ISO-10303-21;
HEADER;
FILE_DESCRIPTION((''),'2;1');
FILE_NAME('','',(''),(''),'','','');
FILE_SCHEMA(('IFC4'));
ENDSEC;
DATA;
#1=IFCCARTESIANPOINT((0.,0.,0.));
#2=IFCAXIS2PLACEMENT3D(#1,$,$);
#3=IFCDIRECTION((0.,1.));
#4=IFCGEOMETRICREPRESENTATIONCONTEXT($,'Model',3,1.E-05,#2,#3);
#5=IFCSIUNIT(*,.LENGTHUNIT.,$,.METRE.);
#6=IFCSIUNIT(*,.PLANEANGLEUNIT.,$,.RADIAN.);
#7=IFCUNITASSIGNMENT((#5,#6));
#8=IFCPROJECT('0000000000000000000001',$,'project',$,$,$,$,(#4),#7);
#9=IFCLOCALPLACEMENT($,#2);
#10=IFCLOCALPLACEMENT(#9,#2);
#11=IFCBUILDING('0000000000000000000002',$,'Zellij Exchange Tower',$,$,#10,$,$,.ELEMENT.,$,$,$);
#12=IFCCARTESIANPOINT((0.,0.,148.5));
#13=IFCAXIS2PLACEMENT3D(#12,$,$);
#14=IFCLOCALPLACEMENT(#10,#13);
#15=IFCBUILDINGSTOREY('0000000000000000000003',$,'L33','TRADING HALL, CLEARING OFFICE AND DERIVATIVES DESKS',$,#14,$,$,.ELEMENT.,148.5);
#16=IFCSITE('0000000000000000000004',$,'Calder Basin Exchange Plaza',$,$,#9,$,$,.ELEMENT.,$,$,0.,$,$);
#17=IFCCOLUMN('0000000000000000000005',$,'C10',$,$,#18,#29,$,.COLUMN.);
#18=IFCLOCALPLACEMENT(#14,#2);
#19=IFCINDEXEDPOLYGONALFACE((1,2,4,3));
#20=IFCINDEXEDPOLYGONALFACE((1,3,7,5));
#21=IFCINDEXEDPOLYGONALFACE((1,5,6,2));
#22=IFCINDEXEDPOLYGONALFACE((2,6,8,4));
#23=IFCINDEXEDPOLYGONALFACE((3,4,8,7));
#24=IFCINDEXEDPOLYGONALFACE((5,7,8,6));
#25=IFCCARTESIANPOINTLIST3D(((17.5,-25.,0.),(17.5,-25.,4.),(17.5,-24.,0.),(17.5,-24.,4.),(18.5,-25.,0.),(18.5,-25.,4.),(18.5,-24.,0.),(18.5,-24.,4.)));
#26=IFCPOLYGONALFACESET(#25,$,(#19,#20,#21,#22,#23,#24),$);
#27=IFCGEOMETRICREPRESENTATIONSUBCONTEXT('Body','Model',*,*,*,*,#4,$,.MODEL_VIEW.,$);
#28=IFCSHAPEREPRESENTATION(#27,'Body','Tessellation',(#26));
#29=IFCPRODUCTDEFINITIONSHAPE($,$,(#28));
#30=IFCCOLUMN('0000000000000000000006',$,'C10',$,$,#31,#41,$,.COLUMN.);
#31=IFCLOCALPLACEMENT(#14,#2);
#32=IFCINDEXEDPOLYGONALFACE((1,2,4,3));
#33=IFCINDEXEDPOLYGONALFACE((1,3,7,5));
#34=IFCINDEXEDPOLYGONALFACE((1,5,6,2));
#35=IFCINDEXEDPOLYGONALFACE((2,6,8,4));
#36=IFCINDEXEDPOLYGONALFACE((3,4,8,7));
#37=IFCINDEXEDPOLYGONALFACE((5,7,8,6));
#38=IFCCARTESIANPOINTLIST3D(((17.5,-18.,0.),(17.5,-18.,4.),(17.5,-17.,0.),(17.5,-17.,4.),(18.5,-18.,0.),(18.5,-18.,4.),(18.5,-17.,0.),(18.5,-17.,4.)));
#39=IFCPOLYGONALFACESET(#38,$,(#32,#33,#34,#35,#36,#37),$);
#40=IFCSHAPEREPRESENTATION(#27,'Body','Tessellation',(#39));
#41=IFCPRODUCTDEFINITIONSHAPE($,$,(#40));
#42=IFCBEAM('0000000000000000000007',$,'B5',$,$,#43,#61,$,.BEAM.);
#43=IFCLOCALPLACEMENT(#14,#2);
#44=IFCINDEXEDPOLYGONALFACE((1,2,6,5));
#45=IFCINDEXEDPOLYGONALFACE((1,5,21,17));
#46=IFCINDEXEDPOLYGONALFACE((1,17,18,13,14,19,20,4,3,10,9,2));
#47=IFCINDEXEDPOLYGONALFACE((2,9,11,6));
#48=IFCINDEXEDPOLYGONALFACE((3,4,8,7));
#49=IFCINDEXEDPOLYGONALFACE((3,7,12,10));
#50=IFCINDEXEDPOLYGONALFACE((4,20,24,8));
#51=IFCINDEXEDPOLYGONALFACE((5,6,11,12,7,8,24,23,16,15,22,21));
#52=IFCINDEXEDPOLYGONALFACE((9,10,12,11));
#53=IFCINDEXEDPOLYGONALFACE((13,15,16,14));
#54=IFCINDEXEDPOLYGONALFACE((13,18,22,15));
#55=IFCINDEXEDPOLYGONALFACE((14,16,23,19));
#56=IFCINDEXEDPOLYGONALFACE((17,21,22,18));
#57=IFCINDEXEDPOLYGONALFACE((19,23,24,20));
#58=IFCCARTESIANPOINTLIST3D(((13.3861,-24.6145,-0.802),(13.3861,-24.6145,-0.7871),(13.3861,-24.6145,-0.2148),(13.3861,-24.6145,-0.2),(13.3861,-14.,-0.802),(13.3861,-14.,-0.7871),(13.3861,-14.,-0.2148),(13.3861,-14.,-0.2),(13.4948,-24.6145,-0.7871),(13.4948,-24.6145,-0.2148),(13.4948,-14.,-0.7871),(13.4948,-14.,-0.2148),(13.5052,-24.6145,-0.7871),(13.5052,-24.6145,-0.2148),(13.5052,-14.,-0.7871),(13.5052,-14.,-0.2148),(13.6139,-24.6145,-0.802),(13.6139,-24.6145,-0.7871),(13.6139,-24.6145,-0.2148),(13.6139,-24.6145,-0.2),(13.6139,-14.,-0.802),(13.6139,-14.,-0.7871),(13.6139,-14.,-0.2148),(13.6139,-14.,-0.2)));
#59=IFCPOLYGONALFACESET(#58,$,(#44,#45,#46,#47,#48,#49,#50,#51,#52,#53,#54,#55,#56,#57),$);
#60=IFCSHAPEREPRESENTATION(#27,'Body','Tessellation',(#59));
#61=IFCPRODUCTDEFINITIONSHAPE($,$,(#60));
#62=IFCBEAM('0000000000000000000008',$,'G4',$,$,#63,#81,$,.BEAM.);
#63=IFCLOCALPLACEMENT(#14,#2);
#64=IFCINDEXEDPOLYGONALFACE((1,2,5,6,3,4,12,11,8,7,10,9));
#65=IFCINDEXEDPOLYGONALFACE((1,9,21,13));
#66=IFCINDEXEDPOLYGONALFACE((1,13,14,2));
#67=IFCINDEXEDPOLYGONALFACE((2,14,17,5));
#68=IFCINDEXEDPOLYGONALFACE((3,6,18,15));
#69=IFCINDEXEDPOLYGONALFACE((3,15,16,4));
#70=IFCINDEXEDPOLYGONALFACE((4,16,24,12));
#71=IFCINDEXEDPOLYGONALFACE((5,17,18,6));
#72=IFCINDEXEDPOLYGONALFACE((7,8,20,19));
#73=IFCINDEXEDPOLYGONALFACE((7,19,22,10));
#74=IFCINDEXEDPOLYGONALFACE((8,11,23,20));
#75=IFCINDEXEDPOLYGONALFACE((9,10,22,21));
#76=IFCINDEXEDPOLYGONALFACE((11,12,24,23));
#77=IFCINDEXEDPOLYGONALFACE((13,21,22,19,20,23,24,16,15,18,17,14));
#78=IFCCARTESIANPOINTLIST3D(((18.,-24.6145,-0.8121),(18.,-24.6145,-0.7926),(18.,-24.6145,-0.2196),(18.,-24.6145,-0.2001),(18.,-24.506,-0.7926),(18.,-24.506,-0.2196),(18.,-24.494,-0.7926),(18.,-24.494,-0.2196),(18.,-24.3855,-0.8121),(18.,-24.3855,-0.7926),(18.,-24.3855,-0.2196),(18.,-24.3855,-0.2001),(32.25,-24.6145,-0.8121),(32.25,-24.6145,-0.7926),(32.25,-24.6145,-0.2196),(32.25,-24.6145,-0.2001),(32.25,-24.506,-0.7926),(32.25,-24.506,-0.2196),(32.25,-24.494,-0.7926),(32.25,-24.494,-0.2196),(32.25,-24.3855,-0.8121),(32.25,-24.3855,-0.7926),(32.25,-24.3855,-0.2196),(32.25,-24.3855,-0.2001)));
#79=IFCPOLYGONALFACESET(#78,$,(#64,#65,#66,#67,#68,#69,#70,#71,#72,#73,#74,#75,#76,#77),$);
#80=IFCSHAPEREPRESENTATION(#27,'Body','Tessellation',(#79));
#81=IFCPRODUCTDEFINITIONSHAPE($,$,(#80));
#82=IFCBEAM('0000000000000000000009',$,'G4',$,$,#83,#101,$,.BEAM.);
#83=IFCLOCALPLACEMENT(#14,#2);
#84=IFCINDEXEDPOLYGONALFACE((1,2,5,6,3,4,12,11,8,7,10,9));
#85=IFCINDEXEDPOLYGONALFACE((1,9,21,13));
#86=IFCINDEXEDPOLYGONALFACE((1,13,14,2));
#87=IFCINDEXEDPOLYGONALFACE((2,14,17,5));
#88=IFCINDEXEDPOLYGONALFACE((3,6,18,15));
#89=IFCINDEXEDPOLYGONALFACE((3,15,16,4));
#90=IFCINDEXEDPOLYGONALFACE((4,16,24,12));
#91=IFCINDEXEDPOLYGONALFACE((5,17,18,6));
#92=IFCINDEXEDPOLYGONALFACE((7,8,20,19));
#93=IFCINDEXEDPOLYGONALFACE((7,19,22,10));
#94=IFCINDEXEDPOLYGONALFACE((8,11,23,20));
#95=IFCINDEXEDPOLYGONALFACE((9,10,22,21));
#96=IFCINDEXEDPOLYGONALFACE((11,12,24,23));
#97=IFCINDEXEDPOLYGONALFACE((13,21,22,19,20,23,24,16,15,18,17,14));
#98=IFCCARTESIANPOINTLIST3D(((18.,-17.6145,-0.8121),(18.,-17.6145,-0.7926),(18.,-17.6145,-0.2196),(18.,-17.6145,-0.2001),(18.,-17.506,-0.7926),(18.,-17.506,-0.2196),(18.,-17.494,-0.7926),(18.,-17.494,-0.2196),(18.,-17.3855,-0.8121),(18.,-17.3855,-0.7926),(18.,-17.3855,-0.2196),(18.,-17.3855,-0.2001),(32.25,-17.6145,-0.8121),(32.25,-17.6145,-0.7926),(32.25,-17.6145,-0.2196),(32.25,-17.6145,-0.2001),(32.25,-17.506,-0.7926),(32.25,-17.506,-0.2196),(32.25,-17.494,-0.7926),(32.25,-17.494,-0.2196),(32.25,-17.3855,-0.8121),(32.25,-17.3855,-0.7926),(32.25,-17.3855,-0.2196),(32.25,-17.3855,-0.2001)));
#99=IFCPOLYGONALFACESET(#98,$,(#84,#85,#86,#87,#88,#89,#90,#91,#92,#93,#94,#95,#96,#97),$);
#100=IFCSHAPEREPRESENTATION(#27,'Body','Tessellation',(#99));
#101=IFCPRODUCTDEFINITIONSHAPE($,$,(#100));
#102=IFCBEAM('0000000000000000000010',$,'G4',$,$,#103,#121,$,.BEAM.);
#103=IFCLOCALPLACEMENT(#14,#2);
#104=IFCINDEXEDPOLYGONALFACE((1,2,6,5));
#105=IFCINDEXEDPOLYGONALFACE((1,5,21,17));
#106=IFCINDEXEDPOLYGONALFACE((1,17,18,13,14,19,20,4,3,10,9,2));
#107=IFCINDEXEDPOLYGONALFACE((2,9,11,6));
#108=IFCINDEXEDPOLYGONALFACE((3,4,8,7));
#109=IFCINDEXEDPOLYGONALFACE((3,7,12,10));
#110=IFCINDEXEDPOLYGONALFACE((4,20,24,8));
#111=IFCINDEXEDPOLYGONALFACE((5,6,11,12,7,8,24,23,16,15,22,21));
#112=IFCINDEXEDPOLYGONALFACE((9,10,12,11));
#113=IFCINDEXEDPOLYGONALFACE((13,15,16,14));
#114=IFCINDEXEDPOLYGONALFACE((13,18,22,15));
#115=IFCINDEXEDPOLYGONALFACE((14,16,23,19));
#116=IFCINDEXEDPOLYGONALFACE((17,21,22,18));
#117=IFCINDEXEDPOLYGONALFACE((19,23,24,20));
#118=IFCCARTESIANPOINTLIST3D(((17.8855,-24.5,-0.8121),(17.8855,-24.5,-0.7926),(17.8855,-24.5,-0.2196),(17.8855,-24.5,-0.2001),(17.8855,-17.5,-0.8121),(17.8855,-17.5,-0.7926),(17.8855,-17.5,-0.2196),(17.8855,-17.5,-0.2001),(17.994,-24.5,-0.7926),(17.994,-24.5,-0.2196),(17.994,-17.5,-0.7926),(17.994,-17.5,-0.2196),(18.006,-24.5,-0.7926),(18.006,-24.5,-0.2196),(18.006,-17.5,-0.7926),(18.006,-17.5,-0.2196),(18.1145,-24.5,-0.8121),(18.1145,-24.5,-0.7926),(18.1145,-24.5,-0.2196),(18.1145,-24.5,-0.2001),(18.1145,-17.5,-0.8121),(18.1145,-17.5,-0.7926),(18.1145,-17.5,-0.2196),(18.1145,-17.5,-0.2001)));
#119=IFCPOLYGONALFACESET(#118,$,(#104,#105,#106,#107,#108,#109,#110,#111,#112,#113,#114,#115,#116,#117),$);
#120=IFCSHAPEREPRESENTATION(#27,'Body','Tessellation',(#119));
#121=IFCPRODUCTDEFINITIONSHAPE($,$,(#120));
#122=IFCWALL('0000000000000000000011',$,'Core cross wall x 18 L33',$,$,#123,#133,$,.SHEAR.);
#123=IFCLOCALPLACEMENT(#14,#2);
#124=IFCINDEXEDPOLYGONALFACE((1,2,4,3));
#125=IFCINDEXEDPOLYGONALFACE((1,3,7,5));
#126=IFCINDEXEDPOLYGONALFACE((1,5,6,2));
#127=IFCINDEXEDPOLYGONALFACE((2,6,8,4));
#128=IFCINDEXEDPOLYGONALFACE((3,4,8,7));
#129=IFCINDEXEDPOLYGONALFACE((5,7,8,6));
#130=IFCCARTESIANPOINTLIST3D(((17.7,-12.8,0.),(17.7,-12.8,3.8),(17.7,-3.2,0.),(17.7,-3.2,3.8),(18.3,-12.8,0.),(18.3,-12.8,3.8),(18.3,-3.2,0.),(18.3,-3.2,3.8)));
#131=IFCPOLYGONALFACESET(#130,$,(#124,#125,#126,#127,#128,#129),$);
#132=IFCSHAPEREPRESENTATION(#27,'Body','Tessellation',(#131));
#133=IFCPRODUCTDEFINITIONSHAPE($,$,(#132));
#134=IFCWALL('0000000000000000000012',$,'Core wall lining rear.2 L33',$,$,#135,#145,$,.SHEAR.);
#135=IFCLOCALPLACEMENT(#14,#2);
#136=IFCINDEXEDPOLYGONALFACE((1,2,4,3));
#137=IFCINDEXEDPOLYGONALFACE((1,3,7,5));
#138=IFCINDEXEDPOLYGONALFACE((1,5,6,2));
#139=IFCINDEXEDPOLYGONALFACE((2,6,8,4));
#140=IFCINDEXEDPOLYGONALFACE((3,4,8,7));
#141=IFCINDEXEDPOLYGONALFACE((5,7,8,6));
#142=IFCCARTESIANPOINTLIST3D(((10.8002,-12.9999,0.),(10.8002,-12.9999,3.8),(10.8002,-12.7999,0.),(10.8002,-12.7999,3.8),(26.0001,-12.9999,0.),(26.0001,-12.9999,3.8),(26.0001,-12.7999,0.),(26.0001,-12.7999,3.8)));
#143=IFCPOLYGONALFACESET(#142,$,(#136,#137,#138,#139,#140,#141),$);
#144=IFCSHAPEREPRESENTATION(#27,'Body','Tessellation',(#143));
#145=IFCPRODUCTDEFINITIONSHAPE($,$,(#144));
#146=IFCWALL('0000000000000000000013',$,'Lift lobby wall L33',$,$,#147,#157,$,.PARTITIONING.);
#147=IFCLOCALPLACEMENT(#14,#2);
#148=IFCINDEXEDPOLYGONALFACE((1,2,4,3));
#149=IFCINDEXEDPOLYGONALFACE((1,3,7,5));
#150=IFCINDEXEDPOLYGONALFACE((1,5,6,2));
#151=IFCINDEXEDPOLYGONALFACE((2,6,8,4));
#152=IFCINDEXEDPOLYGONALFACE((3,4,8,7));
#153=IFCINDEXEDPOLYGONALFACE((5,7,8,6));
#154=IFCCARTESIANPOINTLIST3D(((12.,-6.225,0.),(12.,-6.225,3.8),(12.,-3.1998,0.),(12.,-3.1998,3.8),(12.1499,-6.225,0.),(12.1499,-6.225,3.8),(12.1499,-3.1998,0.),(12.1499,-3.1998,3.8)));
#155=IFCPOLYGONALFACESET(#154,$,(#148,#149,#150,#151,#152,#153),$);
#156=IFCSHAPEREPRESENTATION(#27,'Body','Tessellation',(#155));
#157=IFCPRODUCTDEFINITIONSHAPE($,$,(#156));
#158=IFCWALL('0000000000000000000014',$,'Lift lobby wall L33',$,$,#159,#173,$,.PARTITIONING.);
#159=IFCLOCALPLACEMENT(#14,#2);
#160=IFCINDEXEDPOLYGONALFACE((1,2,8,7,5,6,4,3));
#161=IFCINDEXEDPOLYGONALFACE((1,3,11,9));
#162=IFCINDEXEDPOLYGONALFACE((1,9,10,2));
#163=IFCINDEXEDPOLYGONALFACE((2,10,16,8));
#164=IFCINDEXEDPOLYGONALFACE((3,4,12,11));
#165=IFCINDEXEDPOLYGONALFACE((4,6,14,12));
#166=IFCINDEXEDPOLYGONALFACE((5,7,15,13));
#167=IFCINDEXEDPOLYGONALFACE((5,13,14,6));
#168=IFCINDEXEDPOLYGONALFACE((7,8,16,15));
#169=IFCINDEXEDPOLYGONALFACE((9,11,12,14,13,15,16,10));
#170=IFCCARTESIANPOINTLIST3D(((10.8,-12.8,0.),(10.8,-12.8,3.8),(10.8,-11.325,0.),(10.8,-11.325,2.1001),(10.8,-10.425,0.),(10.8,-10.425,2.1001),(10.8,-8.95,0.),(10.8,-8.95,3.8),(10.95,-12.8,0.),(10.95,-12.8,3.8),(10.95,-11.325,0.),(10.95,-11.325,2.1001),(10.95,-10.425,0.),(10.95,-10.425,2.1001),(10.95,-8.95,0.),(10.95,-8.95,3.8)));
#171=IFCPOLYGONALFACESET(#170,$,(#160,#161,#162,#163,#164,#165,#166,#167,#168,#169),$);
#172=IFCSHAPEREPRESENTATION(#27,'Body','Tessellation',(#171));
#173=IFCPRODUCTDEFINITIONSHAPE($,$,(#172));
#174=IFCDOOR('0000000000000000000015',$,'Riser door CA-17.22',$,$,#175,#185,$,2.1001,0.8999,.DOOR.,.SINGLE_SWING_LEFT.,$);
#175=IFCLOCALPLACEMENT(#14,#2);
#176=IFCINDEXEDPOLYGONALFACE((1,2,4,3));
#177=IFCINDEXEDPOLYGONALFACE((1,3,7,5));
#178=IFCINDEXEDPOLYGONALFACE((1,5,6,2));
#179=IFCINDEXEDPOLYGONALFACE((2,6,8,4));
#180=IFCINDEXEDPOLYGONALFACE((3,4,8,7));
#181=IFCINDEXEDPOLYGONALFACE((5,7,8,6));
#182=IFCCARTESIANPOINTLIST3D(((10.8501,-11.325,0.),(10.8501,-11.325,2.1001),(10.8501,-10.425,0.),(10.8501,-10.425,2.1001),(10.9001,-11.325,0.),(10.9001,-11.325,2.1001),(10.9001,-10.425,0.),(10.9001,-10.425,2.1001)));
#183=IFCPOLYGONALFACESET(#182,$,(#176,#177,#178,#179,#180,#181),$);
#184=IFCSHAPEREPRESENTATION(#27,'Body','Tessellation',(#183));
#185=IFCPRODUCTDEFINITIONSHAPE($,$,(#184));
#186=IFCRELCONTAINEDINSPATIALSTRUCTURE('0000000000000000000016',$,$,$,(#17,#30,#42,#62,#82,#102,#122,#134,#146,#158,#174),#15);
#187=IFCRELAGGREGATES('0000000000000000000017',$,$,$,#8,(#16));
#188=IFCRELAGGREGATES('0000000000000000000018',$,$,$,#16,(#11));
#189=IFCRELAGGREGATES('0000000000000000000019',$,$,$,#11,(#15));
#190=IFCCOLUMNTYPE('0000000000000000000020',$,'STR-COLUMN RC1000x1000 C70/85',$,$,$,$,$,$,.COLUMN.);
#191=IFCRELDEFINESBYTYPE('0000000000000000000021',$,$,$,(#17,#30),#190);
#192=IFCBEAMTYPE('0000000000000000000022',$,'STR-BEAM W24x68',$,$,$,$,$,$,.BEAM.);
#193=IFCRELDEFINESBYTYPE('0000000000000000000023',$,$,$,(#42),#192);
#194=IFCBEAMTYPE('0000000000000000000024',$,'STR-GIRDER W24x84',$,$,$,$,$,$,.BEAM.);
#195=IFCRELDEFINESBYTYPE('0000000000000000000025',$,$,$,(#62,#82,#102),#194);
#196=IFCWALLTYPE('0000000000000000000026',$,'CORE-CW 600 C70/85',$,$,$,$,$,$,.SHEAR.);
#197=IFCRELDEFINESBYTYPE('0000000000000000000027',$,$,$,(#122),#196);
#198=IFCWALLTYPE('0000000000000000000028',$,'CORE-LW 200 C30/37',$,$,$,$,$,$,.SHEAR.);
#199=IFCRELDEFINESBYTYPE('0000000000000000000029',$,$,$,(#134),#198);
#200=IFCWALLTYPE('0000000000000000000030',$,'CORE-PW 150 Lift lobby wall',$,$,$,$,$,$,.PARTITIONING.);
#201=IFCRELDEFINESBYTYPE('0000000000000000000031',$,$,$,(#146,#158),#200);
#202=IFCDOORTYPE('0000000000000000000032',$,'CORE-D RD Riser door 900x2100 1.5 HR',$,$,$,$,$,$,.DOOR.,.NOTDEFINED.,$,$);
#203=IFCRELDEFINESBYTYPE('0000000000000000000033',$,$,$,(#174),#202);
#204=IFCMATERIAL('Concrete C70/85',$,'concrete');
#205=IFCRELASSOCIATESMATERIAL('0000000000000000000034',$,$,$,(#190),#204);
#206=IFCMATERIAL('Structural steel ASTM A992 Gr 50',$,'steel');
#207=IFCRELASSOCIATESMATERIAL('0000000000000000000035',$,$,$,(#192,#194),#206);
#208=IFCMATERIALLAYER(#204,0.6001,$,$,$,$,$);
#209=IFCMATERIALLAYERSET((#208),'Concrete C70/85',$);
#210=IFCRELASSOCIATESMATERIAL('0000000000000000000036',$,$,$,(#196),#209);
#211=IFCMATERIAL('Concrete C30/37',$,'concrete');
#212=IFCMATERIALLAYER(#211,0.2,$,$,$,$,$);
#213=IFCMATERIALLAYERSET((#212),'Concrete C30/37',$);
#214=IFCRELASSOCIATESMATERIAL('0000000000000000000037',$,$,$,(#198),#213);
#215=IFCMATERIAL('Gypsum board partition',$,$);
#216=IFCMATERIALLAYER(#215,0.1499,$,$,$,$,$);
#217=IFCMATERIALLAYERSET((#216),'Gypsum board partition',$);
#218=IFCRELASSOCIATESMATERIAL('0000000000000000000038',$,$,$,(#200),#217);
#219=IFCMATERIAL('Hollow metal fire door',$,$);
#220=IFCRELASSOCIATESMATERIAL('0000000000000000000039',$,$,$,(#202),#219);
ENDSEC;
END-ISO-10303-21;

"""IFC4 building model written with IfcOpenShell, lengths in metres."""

from ifc_helpers import new_model, si_unit, direction, frame, frame_2d, origin, origin_2d, place, context, subcontext, project, spatial, rectangle, i_section, extrude, material, layer, layer_set, material_profile, profile_set, type_object, element, fill, save


model = new_model("IFC4")

# Units and contexts
model_context = context("Model", 3, precision=1e-05, world=origin(), true_north=direction((0.0, 1.0)))
body_context = subcontext(model_context, "Body", "Model", "MODEL_VIEW")
ifc_project = project(units=[si_unit("LENGTHUNIT", "METRE"), si_unit("PLANEANGLEUNIT", "RADIAN")], contexts=[model_context])

# Site, building, storey
site_placement = place(None, origin())
site = spatial("IfcSite", under=ifc_project, at=site_placement, Name="Calder Basin Exchange Plaza", CompositionType="ELEMENT", RefElevation=0.0)
building_placement = place(site_placement, origin())
building = spatial("IfcBuilding", under=site, at=building_placement, Name="Zellij Exchange Tower", CompositionType="ELEMENT")
storey_placement = place(building_placement, frame((0.0, 0.0, 148.5)))
storey = spatial("IfcBuildingStorey", under=building, at=storey_placement, Name="L33", Description="TRADING HALL, CLEARING OFFICE AND DERIVATIVES DESKS", CompositionType="ELEMENT", Elevation=148.5)

# Columns
ifc_material_1 = material(Name="Concrete C70/85", Category="concrete")
ifc_material_profile_1 = material_profile(ifc_material_1, rectangle(XDim=1.0, YDim=1.0, at=origin_2d()), Name="STR-COLUMN RC1000x1000 C70/85")
ifc_profile_set_1 = profile_set([ifc_material_profile_1], Name="Concrete C70/85")
column_type = type_object("IfcColumnType", Name="STR-COLUMN RC1000x1000 C70/85", PredefinedType="COLUMN", material=ifc_profile_set_1)
for number, where, z_axis, x_axis, name in (
    (1, (18.0, -24.5, 0.0), (0.0, 0.0, 1.0), (1.0, 0.0, 0.0), "C10"),
    (2, (18.0, -17.5, 0.0), (0.0, 0.0, 1.0), (1.0, 0.0, 0.0), "C10"),
):
    element("IfcColumn", number, at=place(storey_placement, frame(where, z_axis=z_axis, x_axis=x_axis)), inside=storey, type_object=column_type, Name=name, PredefinedType="COLUMN", context=body_context, shape_type="SweptSolid", body=[
        extrude(rectangle(XDim=1.0, YDim=1.0, at=origin_2d()), origin(), (0.0, 0.0, 1.0), 4.0),
    ])

# Beams
ifc_material_2 = material(Name="Structural steel ASTM A992 Gr 50", Category="steel")
ifc_material_profile_2 = material_profile(ifc_material_2, i_section(OverallWidth=0.2278, OverallDepth=0.6021, WebThickness=0.0105, FlangeThickness=0.0149, at=origin_2d()), Name="W24x68")
ifc_profile_set_2 = profile_set([ifc_material_profile_2], Name="Structural steel ASTM A992 Gr 50")
beam_type_1 = type_object("IfcBeamType", Name="STR-BEAM W24x68", PredefinedType="BEAM", material=ifc_profile_set_2)
beam_1_placement = place(storey_placement, frame((13.5, -24.6145, -0.501), z_axis=(0.0, 1.0, 0.0), x_axis=(-1.0, 0.0, 0.0)))
element("IfcBeam", 3, at=beam_1_placement, inside=storey, type_object=beam_type_1, Name="B5", PredefinedType="BEAM", context=body_context, shape_type="SweptSolid", body=[
    extrude(i_section(OverallWidth=0.2278, OverallDepth=0.6021, WebThickness=0.0105, FlangeThickness=0.0149, at=origin_2d()), origin(), (0.0, 0.0, 1.0), 10.6145),
])
ifc_material_profile_3 = material_profile(ifc_material_2, i_section(OverallWidth=0.229, OverallDepth=0.6121, WebThickness=0.012, FlangeThickness=0.0195, at=origin_2d()), Name="W24x84")
ifc_profile_set_3 = profile_set([ifc_material_profile_3], Name="Structural steel ASTM A992 Gr 50")
beam_type_2 = type_object("IfcBeamType", Name="STR-GIRDER W24x84", PredefinedType="BEAM", material=ifc_profile_set_3)
for number, where, z_axis, x_axis, name in (
    (4, (18.0, -24.5, -0.5061), (1.0, 0.0, 0.0), (0.0, 1.0, 0.0), "G4"),
    (5, (18.0, -17.5, -0.5061), (1.0, 0.0, 0.0), (0.0, 1.0, 0.0), "G4"),
):
    element("IfcBeam", number, at=place(storey_placement, frame(where, z_axis=z_axis, x_axis=x_axis)), inside=storey, type_object=beam_type_2, Name=name, PredefinedType="BEAM", context=body_context, shape_type="SweptSolid", body=[
        extrude(i_section(OverallWidth=0.229, OverallDepth=0.6121, WebThickness=0.012, FlangeThickness=0.0195, at=origin_2d()), origin(), (0.0, 0.0, 1.0), 14.25),
    ])
beam_2_placement = place(storey_placement, frame((18.0, -24.5, -0.5061), z_axis=(0.0, 1.0, 0.0), x_axis=(-1.0, 0.0, 0.0)))
element("IfcBeam", 6, at=beam_2_placement, inside=storey, type_object=beam_type_2, Name="G4", PredefinedType="BEAM", context=body_context, shape_type="SweptSolid", body=[
    extrude(i_section(OverallWidth=0.229, OverallDepth=0.6121, WebThickness=0.012, FlangeThickness=0.0195, at=origin_2d()), origin(), (0.0, 0.0, 1.0), 7.0),
])

# Walls
ifc_layer_1 = layer(ifc_material_1, 0.6001)
ifc_layer_set_1 = layer_set([ifc_layer_1], Name="Concrete C70/85")
wall_type_1 = type_object("IfcWallType", Name="CORE-CW 600 C70/85", PredefinedType="SHEAR", material=ifc_layer_set_1)
wall_1_placement = place(storey_placement, frame((18.0, -12.8, 0.0), z_axis=(0.0, 0.0, 1.0), x_axis=(0.0, 1.0, 0.0)))
element("IfcWall", 7, at=wall_1_placement, inside=storey, type_object=wall_type_1, Name="Core cross wall x 18 L33", PredefinedType="SHEAR", context=body_context, shape_type="SweptSolid", body=[
    extrude(rectangle(XDim=9.6001, YDim=0.6001, at=frame_2d((4.8, 0.0))), origin(), (0.0, 0.0, 1.0), 3.8),
])
ifc_material_3 = material(Name="Concrete C30/37", Category="concrete")
ifc_layer_2 = layer(ifc_material_3, 0.2)
ifc_layer_set_2 = layer_set([ifc_layer_2], Name="Concrete C30/37")
wall_type_2 = type_object("IfcWallType", Name="CORE-LW 200 C30/37", PredefinedType="SHEAR", material=ifc_layer_set_2)
wall_2_placement = place(storey_placement, frame((10.8, -12.8999, 0.0), z_axis=(0.0, 0.0, 1.0), x_axis=(1.0, 0.0, 0.0)))
element("IfcWall", 8, at=wall_2_placement, inside=storey, type_object=wall_type_2, Name="Core wall lining rear.2 L33", PredefinedType="SHEAR", context=body_context, shape_type="SweptSolid", body=[
    extrude(rectangle(XDim=15.2, YDim=0.2, at=frame_2d((7.6001, 0.0))), origin(), (0.0, 0.0, 1.0), 3.8),
])
ifc_material_4 = material(Name="Gypsum board partition")
ifc_layer_3 = layer(ifc_material_4, 0.1499)
ifc_layer_set_3 = layer_set([ifc_layer_3], Name="Gypsum board partition")
wall_type_3 = type_object("IfcWallType", Name="CORE-PW 150 Lift lobby wall", PredefinedType="PARTITIONING", material=ifc_layer_set_3)
wall_3_placement = place(storey_placement, frame((12.075, -6.2251, 0.0), z_axis=(0.0, 0.0, 1.0), x_axis=(0.0, 1.0, 0.0)))
element("IfcWall", 9, at=wall_3_placement, inside=storey, type_object=wall_type_3, Name="Lift lobby wall L33", PredefinedType="PARTITIONING", context=body_context, shape_type="SweptSolid", body=[
    extrude(rectangle(XDim=3.0251, YDim=0.1499, at=frame_2d((1.5127, 0.0))), origin(), (0.0, 0.0, 1.0), 3.8),
])

# Wall, opening, door
wall_4_placement = place(storey_placement, frame((10.875, -12.8, 0.0), z_axis=(0.0, 0.0, 1.0), x_axis=(0.0, 1.0, 0.0)))
wall_4 = element("IfcWall", 10, at=wall_4_placement, inside=storey, type_object=wall_type_3, Name="Lift lobby wall L33", PredefinedType="PARTITIONING", context=body_context, shape_type="SweptSolid", body=[
    extrude(rectangle(XDim=3.8501, YDim=0.1499, at=frame_2d((1.925, 0.0))), origin(), (0.0, 0.0, 1.0), 3.8),
])
opening_1_placement = place(wall_4_placement, frame((1.4751, 0.0, 0.0)))
opening_1 = element("IfcOpeningElement", 11, at=opening_1_placement, cuts=wall_4, PredefinedType="OPENING", context=body_context, shape_type="SweptSolid", body=[
    extrude(rectangle(XDim=0.8999, YDim=2.1001, at=frame_2d((0.45, 1.05))), frame((0.0, 0.0869, 0.0), z_axis=(0.0, -1.0, 0.0), x_axis=(1.0, 0.0, 0.0)), (0.0, 0.0, 1.0), 0.1738),
])
ifc_material_5 = material(Name="Hollow metal fire door")
door_type_1 = type_object("IfcDoorType", Name="CORE-D RD Riser door 900x2100 1.5 HR", OperationType="NOTDEFINED", PredefinedType="DOOR", material=ifc_material_5)
door_1_placement = place(opening_1_placement, origin())
door_1 = element("IfcDoor", 12, at=door_1_placement, inside=storey, type_object=door_type_1, Name="Riser door CA-17.22", OperationType="SINGLE_SWING_LEFT", OverallHeight=2.1001, OverallWidth=0.8999, PredefinedType="DOOR", context=body_context, shape_type="SweptSolid", body=[
    extrude(rectangle(XDim=0.8999, YDim=2.1001, at=frame_2d((0.45, 1.05))), frame((0.0, 0.0249, 0.0), z_axis=(0.0, -1.0, 0.0), x_axis=(1.0, 0.0, 0.0)), (0.0, 0.0, 1.0), 0.05),
])
fill(opening_1, door_1)

save(model, "model.ifc")
